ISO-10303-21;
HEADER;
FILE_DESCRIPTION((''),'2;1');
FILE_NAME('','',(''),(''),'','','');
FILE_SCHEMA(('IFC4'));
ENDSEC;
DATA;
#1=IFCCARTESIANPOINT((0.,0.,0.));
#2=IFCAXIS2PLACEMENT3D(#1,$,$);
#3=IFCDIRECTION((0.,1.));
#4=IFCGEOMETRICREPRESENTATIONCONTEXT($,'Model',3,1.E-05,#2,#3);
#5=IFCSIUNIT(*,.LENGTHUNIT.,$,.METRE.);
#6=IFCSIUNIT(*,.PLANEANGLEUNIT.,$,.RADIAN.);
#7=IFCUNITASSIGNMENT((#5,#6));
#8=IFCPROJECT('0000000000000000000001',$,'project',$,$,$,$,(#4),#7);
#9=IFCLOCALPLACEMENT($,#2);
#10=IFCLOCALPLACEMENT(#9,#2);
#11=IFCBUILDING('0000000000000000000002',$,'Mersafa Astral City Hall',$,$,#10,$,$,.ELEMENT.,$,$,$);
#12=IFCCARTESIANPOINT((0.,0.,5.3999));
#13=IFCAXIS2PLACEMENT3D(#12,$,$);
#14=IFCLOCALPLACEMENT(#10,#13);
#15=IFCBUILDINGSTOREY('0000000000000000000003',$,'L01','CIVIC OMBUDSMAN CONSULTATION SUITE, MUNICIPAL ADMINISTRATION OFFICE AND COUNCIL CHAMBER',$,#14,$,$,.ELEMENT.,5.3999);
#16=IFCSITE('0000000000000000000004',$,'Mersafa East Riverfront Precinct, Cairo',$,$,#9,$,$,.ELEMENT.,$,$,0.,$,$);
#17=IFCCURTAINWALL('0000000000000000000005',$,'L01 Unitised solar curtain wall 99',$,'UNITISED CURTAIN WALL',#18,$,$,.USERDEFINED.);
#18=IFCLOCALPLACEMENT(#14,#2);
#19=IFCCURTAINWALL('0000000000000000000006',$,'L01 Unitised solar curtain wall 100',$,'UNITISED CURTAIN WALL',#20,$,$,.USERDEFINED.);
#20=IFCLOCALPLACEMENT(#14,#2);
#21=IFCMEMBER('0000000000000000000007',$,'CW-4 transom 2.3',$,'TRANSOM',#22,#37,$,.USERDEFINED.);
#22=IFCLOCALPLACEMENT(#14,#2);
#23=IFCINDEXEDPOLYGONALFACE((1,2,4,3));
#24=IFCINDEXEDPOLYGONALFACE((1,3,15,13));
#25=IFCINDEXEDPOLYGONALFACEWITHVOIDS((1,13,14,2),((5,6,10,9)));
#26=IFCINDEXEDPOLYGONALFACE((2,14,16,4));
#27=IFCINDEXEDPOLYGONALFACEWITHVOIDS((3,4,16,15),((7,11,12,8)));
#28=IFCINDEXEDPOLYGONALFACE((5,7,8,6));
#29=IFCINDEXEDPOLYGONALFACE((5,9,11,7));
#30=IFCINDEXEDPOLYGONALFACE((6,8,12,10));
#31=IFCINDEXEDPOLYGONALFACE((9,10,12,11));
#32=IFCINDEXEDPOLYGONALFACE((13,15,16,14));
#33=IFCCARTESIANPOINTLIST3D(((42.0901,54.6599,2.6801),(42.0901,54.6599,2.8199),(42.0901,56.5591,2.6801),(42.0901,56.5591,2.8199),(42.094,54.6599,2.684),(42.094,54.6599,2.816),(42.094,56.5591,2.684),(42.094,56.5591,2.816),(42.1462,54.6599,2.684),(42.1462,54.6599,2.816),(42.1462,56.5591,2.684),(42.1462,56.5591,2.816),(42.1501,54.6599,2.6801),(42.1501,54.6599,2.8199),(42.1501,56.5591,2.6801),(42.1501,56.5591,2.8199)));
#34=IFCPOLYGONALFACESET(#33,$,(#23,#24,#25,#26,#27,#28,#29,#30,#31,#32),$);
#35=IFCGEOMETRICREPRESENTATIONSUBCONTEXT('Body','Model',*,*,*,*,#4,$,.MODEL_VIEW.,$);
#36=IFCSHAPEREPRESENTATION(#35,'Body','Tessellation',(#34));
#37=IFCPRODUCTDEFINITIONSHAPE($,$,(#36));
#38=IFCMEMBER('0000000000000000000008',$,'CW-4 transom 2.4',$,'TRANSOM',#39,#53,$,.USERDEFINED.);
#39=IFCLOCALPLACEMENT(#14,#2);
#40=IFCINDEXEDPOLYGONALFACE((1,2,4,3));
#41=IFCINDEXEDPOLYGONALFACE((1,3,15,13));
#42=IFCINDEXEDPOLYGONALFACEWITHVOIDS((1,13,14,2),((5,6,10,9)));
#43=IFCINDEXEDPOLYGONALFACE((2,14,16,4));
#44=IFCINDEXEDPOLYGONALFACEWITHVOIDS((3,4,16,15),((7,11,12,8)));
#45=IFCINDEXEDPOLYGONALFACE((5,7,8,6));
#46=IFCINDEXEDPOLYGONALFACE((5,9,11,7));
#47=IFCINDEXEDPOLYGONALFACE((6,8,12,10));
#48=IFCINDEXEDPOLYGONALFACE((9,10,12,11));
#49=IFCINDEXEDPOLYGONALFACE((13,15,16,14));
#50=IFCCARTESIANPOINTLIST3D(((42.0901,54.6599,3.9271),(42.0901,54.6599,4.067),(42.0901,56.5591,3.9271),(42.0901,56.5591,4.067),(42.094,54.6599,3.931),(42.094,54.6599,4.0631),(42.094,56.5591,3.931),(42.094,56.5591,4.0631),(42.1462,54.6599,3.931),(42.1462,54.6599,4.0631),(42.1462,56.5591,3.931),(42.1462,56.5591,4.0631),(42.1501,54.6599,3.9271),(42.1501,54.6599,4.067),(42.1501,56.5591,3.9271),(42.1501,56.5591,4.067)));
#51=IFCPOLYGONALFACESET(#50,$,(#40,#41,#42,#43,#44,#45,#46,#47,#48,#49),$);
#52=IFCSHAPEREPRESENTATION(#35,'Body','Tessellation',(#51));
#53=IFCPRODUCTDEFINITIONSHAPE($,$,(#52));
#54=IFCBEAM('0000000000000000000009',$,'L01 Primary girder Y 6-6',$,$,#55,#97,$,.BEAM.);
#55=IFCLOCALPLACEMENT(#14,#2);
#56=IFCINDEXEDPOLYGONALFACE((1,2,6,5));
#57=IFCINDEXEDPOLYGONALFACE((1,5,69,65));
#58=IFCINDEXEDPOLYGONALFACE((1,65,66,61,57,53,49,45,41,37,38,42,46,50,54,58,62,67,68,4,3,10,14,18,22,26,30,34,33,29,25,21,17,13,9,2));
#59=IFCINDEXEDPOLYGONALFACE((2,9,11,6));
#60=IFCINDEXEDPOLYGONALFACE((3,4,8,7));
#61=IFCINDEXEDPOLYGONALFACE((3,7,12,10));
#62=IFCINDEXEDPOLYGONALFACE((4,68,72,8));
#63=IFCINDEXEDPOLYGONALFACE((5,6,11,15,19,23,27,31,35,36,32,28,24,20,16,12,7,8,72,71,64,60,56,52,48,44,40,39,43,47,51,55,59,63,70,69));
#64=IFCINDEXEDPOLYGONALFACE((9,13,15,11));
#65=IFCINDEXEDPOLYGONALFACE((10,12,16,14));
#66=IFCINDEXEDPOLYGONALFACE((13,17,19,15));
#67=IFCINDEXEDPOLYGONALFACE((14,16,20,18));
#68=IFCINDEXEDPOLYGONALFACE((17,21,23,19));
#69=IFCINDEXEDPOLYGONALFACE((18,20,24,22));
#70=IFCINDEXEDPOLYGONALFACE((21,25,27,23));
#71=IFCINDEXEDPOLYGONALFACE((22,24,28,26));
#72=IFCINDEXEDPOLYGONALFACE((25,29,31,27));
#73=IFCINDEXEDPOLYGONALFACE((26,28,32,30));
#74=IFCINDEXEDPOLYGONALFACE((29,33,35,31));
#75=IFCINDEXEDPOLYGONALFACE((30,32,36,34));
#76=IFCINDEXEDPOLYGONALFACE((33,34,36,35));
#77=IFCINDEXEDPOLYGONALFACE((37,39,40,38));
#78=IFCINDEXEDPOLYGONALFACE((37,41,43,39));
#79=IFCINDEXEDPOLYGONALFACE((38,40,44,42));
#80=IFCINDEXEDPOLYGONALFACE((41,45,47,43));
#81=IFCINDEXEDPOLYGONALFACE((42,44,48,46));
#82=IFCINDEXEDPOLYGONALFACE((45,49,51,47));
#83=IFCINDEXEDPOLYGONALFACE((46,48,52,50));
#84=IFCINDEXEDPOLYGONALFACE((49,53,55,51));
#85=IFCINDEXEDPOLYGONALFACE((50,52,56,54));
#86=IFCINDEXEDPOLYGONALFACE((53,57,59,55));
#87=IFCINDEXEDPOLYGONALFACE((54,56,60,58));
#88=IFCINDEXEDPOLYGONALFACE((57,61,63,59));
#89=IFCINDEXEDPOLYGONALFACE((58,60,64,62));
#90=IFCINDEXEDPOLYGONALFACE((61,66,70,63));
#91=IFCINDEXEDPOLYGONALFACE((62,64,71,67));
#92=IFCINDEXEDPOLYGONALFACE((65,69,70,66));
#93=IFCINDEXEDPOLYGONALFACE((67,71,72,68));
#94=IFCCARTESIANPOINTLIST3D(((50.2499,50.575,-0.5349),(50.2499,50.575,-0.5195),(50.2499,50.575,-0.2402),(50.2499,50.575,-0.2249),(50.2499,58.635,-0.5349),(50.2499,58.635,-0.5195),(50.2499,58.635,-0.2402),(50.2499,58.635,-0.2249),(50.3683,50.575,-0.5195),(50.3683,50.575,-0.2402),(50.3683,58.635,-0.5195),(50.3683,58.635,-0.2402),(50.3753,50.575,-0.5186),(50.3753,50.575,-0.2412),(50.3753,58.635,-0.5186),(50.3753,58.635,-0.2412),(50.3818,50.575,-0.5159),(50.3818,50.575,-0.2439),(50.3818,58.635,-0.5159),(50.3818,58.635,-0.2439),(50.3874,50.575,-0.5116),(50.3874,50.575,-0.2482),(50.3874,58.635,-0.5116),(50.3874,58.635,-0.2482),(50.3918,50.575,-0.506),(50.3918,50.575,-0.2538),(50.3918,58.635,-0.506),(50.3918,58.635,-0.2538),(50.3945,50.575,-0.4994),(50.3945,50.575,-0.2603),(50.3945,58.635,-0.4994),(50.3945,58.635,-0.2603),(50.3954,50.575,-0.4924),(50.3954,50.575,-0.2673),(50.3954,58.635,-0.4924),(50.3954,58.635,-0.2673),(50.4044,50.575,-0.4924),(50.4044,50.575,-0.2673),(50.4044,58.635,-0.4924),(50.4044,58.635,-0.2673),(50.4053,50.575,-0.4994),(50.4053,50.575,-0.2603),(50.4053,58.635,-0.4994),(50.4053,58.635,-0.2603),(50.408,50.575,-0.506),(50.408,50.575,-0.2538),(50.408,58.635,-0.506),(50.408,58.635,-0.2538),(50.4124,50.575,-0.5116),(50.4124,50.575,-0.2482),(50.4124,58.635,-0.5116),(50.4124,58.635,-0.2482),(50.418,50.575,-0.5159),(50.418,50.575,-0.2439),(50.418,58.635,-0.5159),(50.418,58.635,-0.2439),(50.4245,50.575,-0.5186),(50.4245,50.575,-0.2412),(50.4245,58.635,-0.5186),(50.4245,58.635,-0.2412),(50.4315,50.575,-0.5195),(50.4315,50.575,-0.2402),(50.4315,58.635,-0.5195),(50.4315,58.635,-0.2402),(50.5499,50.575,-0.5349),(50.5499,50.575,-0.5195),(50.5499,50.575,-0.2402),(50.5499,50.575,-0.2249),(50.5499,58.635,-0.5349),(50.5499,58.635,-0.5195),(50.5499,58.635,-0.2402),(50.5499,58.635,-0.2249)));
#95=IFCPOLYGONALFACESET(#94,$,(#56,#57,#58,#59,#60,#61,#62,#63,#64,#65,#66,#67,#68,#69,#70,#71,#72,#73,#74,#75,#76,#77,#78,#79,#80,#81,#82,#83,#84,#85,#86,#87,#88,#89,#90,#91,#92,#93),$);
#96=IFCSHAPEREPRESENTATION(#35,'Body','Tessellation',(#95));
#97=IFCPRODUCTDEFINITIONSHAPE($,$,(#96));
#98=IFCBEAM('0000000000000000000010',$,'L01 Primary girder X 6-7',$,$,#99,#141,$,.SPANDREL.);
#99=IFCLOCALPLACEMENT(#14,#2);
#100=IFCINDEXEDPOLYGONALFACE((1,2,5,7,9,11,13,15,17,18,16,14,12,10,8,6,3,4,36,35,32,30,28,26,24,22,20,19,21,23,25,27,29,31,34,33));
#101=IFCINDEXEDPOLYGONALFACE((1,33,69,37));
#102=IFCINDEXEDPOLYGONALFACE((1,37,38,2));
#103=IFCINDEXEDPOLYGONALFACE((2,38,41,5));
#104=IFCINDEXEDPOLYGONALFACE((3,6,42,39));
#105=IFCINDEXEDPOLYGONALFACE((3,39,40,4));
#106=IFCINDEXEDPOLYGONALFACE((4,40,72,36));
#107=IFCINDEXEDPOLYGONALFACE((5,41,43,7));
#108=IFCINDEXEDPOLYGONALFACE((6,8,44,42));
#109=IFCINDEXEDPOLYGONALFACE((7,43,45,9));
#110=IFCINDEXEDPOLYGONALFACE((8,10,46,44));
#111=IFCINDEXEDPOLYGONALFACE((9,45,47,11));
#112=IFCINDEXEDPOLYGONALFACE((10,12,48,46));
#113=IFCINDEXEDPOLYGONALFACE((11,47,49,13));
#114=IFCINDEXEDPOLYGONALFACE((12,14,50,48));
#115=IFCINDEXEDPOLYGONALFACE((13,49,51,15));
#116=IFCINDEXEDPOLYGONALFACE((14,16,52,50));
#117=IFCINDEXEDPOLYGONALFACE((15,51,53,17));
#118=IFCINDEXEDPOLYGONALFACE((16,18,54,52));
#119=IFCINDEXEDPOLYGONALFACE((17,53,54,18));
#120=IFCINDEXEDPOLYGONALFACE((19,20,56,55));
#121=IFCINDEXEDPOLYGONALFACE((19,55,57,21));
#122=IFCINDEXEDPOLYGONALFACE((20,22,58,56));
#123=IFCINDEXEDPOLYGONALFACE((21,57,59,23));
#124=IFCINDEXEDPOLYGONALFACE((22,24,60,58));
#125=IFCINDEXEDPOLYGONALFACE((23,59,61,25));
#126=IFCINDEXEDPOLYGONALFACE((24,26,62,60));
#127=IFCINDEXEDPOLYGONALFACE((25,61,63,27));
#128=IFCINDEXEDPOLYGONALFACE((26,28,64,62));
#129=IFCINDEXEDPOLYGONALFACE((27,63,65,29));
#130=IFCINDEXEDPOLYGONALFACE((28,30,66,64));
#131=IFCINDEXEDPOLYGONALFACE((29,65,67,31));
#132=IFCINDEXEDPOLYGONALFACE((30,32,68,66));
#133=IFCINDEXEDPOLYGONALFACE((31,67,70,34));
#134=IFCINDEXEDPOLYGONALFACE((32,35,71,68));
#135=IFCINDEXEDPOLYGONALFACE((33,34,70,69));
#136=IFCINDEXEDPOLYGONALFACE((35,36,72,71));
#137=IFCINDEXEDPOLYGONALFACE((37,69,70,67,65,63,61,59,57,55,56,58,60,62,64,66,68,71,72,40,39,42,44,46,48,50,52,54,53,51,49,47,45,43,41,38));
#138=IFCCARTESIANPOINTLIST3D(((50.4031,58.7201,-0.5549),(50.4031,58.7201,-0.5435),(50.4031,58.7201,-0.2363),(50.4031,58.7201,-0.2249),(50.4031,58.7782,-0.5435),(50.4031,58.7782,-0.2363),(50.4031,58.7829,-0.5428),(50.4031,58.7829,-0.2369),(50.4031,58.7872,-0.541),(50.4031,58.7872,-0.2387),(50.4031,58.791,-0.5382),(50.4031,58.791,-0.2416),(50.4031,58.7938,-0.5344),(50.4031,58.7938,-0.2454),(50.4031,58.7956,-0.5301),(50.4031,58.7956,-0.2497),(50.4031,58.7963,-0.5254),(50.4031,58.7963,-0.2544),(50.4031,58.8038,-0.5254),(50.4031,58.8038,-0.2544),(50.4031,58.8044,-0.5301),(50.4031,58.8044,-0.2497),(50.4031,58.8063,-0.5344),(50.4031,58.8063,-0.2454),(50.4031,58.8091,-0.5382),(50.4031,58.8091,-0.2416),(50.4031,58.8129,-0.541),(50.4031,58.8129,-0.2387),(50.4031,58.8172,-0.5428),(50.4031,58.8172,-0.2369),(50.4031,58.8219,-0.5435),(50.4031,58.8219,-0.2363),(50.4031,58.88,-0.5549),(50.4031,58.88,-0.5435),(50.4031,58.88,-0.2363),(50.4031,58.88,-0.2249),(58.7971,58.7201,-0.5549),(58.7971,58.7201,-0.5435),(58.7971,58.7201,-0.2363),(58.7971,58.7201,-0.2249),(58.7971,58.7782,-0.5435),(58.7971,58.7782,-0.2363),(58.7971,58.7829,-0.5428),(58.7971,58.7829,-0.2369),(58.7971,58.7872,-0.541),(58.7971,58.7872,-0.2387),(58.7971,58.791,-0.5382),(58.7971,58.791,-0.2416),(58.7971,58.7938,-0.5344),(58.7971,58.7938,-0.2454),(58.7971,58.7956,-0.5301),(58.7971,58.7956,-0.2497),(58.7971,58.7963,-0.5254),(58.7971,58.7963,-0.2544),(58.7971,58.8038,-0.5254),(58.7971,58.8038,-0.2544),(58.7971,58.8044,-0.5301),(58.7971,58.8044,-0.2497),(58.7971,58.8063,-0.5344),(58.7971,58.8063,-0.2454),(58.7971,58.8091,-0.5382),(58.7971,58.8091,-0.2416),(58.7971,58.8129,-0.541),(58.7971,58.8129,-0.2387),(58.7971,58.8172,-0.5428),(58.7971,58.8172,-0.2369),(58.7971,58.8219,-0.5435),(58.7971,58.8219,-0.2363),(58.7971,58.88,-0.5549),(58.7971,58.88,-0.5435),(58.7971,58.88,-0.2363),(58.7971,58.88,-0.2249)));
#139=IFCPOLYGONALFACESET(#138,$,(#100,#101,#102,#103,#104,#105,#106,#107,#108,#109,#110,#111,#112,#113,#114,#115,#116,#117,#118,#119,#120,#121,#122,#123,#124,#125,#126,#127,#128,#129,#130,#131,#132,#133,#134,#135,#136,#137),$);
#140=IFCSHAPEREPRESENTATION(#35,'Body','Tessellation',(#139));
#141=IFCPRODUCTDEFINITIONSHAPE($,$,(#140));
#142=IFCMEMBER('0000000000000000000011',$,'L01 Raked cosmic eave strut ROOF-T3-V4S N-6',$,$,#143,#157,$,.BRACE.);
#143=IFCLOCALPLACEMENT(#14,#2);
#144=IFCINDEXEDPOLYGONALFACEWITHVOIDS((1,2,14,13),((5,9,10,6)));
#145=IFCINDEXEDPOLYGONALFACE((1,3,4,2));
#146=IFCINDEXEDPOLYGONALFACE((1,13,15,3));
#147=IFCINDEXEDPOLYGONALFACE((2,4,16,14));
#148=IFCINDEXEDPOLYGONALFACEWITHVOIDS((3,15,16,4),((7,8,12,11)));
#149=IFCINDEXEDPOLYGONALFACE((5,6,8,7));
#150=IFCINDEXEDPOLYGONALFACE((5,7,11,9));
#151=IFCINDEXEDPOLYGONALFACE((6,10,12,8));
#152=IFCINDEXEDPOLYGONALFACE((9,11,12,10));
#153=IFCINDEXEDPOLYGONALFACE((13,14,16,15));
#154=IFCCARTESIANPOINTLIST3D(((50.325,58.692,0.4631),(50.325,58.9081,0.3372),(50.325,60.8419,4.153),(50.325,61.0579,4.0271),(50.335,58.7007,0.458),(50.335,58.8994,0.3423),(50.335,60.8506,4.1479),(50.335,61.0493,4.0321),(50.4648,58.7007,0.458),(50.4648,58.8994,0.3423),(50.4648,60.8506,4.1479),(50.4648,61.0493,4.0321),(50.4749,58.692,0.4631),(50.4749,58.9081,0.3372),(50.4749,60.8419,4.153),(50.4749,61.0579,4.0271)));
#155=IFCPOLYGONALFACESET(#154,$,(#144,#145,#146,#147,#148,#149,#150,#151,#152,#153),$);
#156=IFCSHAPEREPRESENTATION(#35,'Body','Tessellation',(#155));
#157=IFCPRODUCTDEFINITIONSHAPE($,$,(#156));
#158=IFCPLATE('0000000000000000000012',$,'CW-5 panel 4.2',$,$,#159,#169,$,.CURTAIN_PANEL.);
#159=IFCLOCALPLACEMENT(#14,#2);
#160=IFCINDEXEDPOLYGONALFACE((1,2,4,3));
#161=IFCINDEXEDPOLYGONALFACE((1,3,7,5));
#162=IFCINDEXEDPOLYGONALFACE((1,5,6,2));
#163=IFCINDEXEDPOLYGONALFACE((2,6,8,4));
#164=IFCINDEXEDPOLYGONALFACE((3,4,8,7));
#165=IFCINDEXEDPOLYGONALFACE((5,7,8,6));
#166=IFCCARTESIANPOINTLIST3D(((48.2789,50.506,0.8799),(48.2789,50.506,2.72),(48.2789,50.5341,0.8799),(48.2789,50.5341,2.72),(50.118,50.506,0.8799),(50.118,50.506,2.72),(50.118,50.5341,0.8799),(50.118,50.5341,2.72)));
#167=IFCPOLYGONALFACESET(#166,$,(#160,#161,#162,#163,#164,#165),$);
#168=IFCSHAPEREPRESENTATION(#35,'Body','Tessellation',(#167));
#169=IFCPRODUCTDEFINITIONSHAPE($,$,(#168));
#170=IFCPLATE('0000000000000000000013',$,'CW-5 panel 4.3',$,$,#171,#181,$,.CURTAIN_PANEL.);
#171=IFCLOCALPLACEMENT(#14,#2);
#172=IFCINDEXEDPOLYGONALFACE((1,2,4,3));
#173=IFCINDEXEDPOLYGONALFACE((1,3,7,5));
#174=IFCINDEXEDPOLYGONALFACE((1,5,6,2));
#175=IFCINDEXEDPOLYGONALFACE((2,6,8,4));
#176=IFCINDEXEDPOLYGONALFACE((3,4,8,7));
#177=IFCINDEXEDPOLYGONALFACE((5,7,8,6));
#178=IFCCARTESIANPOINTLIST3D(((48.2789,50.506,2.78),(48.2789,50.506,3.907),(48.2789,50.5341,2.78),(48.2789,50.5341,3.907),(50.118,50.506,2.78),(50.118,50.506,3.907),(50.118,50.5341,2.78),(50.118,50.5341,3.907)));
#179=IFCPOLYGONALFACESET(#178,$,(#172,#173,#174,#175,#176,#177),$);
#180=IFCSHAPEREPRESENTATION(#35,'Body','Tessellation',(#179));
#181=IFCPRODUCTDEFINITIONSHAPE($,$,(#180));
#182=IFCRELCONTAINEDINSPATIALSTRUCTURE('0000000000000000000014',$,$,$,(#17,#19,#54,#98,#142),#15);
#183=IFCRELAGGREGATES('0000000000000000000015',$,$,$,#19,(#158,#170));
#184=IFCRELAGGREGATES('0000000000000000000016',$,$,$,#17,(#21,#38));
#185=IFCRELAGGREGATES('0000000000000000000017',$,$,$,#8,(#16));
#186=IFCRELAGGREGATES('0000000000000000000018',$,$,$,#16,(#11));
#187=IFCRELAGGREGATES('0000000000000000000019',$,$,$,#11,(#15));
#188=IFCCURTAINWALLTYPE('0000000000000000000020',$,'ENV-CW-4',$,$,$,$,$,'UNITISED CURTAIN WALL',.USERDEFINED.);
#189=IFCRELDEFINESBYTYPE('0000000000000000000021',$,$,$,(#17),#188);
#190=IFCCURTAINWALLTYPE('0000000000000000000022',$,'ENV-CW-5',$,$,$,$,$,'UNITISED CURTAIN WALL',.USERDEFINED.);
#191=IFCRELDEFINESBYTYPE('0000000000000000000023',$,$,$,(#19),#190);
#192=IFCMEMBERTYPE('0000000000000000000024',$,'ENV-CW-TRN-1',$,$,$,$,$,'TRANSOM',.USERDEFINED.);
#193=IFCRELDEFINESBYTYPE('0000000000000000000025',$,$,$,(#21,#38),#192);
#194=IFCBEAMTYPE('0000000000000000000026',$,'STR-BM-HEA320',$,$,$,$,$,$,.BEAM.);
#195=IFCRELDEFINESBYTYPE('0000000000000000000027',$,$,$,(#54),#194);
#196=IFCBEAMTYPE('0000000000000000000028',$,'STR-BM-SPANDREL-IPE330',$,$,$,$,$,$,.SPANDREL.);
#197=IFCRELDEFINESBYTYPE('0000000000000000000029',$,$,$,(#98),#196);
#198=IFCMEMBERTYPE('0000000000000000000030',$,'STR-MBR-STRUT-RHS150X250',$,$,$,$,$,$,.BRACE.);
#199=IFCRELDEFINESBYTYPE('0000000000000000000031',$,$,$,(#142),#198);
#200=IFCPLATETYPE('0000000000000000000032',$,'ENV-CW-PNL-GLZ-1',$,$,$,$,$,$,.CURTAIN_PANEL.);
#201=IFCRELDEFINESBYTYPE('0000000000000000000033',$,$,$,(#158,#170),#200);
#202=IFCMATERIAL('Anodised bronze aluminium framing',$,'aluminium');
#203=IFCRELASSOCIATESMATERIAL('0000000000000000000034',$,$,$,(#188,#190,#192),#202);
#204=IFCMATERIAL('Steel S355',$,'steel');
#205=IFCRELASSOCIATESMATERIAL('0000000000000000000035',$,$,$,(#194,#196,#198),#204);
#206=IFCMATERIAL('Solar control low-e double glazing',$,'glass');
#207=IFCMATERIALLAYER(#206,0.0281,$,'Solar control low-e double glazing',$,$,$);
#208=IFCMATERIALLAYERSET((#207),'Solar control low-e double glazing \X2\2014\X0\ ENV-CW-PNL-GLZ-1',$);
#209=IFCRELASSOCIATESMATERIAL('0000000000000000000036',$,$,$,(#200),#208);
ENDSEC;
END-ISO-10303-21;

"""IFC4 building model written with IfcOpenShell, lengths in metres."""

from ifc_helpers import new_model, si_unit, direction, frame, origin, origin_2d, place, context, subcontext, project, spatial, rectangle, hollow_rectangle, i_section, extrude, material, layer, layer_set, material_profile, profile_set, type_object, element, aggregate, save


model = new_model("IFC4")

# Units and contexts
model_context = context("Model", 3, precision=1e-05, world=origin(), true_north=direction((0.0, 1.0)))
body_context = subcontext(model_context, "Body", "Model", "MODEL_VIEW")
ifc_project = project(units=[si_unit("LENGTHUNIT", "METRE"), si_unit("PLANEANGLEUNIT", "RADIAN")], contexts=[model_context])

# Site, building, storey
site_placement = place(None, origin())
site = spatial("IfcSite", under=ifc_project, at=site_placement, Name="Mersafa East Riverfront Precinct, Cairo", CompositionType="ELEMENT", RefElevation=0.0)
building_placement = place(site_placement, origin())
building = spatial("IfcBuilding", under=site, at=building_placement, Name="Mersafa Astral City Hall", CompositionType="ELEMENT")
storey_placement = place(building_placement, frame((0.0, 0.0, 5.3999)))
storey = spatial("IfcBuildingStorey", under=building, at=storey_placement, Name="L01", Description="CIVIC OMBUDSMAN CONSULTATION SUITE, MUNICIPAL ADMINISTRATION OFFICE AND COUNCIL CHAMBER", CompositionType="ELEMENT", Elevation=5.3999)

# Shared definitions
ifc_material_1 = material(Name="Steel S355", Category="steel")

# Shared definitions
ifc_material_2 = material(Name="Anodised bronze aluminium framing", Category="aluminium")

# Curtain wall
curtain_wall_type_1 = type_object("IfcCurtainWallType", Name="ENV-CW-4", ElementType="UNITISED CURTAIN WALL", PredefinedType="USERDEFINED", material=ifc_material_2)
curtain_wall_1_placement = place(storey_placement, origin())
curtain_wall_1 = element("IfcCurtainWall", 1, at=curtain_wall_1_placement, inside=storey, type_object=curtain_wall_type_1, Name="L01 Unitised solar curtain wall 99", ObjectType="UNITISED CURTAIN WALL", PredefinedType="USERDEFINED")

# Curtain wall
curtain_wall_type_2 = type_object("IfcCurtainWallType", Name="ENV-CW-5", ElementType="UNITISED CURTAIN WALL", PredefinedType="USERDEFINED", material=ifc_material_2)
curtain_wall_2_placement = place(storey_placement, origin())
curtain_wall_2 = element("IfcCurtainWall", 2, at=curtain_wall_2_placement, inside=storey, type_object=curtain_wall_type_2, Name="L01 Unitised solar curtain wall 100", ObjectType="UNITISED CURTAIN WALL", PredefinedType="USERDEFINED")

# Members
ifc_material_profile_1 = material_profile(ifc_material_2, hollow_rectangle(XDim=0.0601, YDim=0.1399, WallThickness=0.0039, at=origin_2d()), Name="RHS 60x140x4")
ifc_profile_set_1 = profile_set([ifc_material_profile_1], Name="Anodised bronze aluminium framing")
member_type_1 = type_object("IfcMemberType", Name="ENV-CW-TRN-1", ElementType="TRANSOM", PredefinedType="USERDEFINED", material=ifc_profile_set_1)
member_1_placement = place(storey_placement, frame((42.1201, 56.5591, 2.75), z_axis=(0.0, -1.0, 0.0), x_axis=(1.0, 0.0, 0.0)))
member_1 = element("IfcMember", 3, at=member_1_placement, type_object=member_type_1, Name="CW-4 transom 2.3", ObjectType="TRANSOM", PredefinedType="USERDEFINED", context=body_context, shape_type="SweptSolid", body=[
    extrude(hollow_rectangle(XDim=0.0601, YDim=0.1399, WallThickness=0.0039, at=origin_2d()), origin(), (0.0, 0.0, 1.0), 1.8992),
])
member_2_placement = place(storey_placement, frame((42.1201, 56.5591, 3.9971), z_axis=(0.0, -1.0, 0.0), x_axis=(1.0, 0.0, 0.0)))
member_2 = element("IfcMember", 4, at=member_2_placement, type_object=member_type_1, Name="CW-4 transom 2.4", ObjectType="TRANSOM", PredefinedType="USERDEFINED", context=body_context, shape_type="SweptSolid", body=[
    extrude(hollow_rectangle(XDim=0.0601, YDim=0.1399, WallThickness=0.0039, at=origin_2d()), origin(), (0.0, 0.0, 1.0), 1.8992),
])

# Beams
ifc_material_profile_2 = material_profile(ifc_material_1, i_section(OverallWidth=0.3, OverallDepth=0.3101, WebThickness=0.009, FlangeThickness=0.0154, FilletRadius=0.0271, at=origin_2d()), Name="HEA 320")
ifc_profile_set_2 = profile_set([ifc_material_profile_2], Name="Steel S355")
beam_type_1 = type_object("IfcBeamType", Name="STR-BM-HEA320", PredefinedType="BEAM", material=ifc_profile_set_2)
beam_1_placement = place(storey_placement, frame((50.3999, 50.575, -0.3799), z_axis=(0.0, 1.0, 0.0), x_axis=(-1.0, 0.0, 0.0)))
element("IfcBeam", 5, at=beam_1_placement, inside=storey, type_object=beam_type_1, Name="L01 Primary girder Y 6-6", PredefinedType="BEAM", context=body_context, shape_type="SweptSolid", body=[
    extrude(i_section(OverallWidth=0.3, OverallDepth=0.3101, WebThickness=0.009, FlangeThickness=0.0154, FilletRadius=0.0271, at=origin_2d()), origin(), (0.0, 0.0, 1.0), 8.0601),
])
ifc_material_profile_3 = material_profile(ifc_material_1, i_section(OverallWidth=0.1599, OverallDepth=0.3301, WebThickness=0.0076, FlangeThickness=0.0115, FilletRadius=0.0181, at=origin_2d()), Name="IPE 330")
ifc_profile_set_3 = profile_set([ifc_material_profile_3], Name="Steel S355")
beam_type_2 = type_object("IfcBeamType", Name="STR-BM-SPANDREL-IPE330", PredefinedType="SPANDREL", material=ifc_profile_set_3)
beam_2_placement = place(storey_placement, frame((50.4031, 58.8, -0.3899), z_axis=(1.0, 0.0, 0.0), x_axis=(0.0, 1.0, 0.0)))
element("IfcBeam", 6, at=beam_2_placement, inside=storey, type_object=beam_type_2, Name="L01 Primary girder X 6-7", PredefinedType="SPANDREL", context=body_context, shape_type="SweptSolid", body=[
    extrude(i_section(OverallWidth=0.1599, OverallDepth=0.3301, WebThickness=0.0076, FlangeThickness=0.0115, FilletRadius=0.0181, at=origin_2d()), origin(), (0.0, 0.0, 1.0), 8.394),
])

# Member
ifc_material_profile_4 = material_profile(ifc_material_1, hollow_rectangle(XDim=0.1499, YDim=0.25, WallThickness=0.01, at=origin_2d()), Name="RHS 150x250x10")
ifc_profile_set_4 = profile_set([ifc_material_profile_4], Name="Steel S355")
member_type_2 = type_object("IfcMemberType", Name="STR-MBR-STRUT-RHS150X250", PredefinedType="BRACE", material=ifc_profile_set_4)
member_3_placement = place(storey_placement, frame((50.3999, 58.8, 0.4001), z_axis=(0.0, 0.503423, 0.86404), x_axis=(-1.0, 0.0, 0.0)))
element("IfcMember", 7, at=member_3_placement, inside=storey, type_object=member_type_2, Name="L01 Raked cosmic eave strut ROOF-T3-V4S N-6", PredefinedType="BRACE", context=body_context, shape_type="SweptSolid", body=[
    extrude(hollow_rectangle(XDim=0.1499, YDim=0.25, WallThickness=0.01, at=origin_2d()), origin(), (0.0, 0.0, 1.0), 4.2705),
])

# Plates
ifc_material_3 = material(Name="Solar control low-e double glazing", Category="glass")
ifc_layer_1 = layer(ifc_material_3, 0.0281, Name="Solar control low-e double glazing")
ifc_layer_set_1 = layer_set([ifc_layer_1], Name="Solar control low-e double glazing — ENV-CW-PNL-GLZ-1")
plate_type_1 = type_object("IfcPlateType", Name="ENV-CW-PNL-GLZ-1", PredefinedType="CURTAIN_PANEL", material=ifc_layer_set_1)
plate_1_placement = place(storey_placement, frame((49.1985, 50.52, 0.8799), z_axis=(0.0, 0.0, 1.0), x_axis=(1.0, 0.0, 0.0)))
plate_1 = element("IfcPlate", 8, at=plate_1_placement, type_object=plate_type_1, Name="CW-5 panel 4.2", PredefinedType="CURTAIN_PANEL", context=body_context, shape_type="SweptSolid", body=[
    extrude(rectangle(XDim=1.8391, YDim=0.0281, at=origin_2d()), origin(), (0.0, 0.0, 1.0), 1.8401),
])
plate_2_placement = place(storey_placement, frame((49.1985, 50.52, 2.78), z_axis=(0.0, 0.0, 1.0), x_axis=(1.0, 0.0, 0.0)))
plate_2 = element("IfcPlate", 9, at=plate_2_placement, type_object=plate_type_1, Name="CW-5 panel 4.3", PredefinedType="CURTAIN_PANEL", context=body_context, shape_type="SweptSolid", body=[
    extrude(rectangle(XDim=1.8391, YDim=0.0281, at=origin_2d()), origin(), (0.0, 0.0, 1.0), 1.127),
])
aggregate(curtain_wall_2, [plate_1, plate_2])
aggregate(curtain_wall_1, [member_1, member_2])

save(model, "model.ifc")
